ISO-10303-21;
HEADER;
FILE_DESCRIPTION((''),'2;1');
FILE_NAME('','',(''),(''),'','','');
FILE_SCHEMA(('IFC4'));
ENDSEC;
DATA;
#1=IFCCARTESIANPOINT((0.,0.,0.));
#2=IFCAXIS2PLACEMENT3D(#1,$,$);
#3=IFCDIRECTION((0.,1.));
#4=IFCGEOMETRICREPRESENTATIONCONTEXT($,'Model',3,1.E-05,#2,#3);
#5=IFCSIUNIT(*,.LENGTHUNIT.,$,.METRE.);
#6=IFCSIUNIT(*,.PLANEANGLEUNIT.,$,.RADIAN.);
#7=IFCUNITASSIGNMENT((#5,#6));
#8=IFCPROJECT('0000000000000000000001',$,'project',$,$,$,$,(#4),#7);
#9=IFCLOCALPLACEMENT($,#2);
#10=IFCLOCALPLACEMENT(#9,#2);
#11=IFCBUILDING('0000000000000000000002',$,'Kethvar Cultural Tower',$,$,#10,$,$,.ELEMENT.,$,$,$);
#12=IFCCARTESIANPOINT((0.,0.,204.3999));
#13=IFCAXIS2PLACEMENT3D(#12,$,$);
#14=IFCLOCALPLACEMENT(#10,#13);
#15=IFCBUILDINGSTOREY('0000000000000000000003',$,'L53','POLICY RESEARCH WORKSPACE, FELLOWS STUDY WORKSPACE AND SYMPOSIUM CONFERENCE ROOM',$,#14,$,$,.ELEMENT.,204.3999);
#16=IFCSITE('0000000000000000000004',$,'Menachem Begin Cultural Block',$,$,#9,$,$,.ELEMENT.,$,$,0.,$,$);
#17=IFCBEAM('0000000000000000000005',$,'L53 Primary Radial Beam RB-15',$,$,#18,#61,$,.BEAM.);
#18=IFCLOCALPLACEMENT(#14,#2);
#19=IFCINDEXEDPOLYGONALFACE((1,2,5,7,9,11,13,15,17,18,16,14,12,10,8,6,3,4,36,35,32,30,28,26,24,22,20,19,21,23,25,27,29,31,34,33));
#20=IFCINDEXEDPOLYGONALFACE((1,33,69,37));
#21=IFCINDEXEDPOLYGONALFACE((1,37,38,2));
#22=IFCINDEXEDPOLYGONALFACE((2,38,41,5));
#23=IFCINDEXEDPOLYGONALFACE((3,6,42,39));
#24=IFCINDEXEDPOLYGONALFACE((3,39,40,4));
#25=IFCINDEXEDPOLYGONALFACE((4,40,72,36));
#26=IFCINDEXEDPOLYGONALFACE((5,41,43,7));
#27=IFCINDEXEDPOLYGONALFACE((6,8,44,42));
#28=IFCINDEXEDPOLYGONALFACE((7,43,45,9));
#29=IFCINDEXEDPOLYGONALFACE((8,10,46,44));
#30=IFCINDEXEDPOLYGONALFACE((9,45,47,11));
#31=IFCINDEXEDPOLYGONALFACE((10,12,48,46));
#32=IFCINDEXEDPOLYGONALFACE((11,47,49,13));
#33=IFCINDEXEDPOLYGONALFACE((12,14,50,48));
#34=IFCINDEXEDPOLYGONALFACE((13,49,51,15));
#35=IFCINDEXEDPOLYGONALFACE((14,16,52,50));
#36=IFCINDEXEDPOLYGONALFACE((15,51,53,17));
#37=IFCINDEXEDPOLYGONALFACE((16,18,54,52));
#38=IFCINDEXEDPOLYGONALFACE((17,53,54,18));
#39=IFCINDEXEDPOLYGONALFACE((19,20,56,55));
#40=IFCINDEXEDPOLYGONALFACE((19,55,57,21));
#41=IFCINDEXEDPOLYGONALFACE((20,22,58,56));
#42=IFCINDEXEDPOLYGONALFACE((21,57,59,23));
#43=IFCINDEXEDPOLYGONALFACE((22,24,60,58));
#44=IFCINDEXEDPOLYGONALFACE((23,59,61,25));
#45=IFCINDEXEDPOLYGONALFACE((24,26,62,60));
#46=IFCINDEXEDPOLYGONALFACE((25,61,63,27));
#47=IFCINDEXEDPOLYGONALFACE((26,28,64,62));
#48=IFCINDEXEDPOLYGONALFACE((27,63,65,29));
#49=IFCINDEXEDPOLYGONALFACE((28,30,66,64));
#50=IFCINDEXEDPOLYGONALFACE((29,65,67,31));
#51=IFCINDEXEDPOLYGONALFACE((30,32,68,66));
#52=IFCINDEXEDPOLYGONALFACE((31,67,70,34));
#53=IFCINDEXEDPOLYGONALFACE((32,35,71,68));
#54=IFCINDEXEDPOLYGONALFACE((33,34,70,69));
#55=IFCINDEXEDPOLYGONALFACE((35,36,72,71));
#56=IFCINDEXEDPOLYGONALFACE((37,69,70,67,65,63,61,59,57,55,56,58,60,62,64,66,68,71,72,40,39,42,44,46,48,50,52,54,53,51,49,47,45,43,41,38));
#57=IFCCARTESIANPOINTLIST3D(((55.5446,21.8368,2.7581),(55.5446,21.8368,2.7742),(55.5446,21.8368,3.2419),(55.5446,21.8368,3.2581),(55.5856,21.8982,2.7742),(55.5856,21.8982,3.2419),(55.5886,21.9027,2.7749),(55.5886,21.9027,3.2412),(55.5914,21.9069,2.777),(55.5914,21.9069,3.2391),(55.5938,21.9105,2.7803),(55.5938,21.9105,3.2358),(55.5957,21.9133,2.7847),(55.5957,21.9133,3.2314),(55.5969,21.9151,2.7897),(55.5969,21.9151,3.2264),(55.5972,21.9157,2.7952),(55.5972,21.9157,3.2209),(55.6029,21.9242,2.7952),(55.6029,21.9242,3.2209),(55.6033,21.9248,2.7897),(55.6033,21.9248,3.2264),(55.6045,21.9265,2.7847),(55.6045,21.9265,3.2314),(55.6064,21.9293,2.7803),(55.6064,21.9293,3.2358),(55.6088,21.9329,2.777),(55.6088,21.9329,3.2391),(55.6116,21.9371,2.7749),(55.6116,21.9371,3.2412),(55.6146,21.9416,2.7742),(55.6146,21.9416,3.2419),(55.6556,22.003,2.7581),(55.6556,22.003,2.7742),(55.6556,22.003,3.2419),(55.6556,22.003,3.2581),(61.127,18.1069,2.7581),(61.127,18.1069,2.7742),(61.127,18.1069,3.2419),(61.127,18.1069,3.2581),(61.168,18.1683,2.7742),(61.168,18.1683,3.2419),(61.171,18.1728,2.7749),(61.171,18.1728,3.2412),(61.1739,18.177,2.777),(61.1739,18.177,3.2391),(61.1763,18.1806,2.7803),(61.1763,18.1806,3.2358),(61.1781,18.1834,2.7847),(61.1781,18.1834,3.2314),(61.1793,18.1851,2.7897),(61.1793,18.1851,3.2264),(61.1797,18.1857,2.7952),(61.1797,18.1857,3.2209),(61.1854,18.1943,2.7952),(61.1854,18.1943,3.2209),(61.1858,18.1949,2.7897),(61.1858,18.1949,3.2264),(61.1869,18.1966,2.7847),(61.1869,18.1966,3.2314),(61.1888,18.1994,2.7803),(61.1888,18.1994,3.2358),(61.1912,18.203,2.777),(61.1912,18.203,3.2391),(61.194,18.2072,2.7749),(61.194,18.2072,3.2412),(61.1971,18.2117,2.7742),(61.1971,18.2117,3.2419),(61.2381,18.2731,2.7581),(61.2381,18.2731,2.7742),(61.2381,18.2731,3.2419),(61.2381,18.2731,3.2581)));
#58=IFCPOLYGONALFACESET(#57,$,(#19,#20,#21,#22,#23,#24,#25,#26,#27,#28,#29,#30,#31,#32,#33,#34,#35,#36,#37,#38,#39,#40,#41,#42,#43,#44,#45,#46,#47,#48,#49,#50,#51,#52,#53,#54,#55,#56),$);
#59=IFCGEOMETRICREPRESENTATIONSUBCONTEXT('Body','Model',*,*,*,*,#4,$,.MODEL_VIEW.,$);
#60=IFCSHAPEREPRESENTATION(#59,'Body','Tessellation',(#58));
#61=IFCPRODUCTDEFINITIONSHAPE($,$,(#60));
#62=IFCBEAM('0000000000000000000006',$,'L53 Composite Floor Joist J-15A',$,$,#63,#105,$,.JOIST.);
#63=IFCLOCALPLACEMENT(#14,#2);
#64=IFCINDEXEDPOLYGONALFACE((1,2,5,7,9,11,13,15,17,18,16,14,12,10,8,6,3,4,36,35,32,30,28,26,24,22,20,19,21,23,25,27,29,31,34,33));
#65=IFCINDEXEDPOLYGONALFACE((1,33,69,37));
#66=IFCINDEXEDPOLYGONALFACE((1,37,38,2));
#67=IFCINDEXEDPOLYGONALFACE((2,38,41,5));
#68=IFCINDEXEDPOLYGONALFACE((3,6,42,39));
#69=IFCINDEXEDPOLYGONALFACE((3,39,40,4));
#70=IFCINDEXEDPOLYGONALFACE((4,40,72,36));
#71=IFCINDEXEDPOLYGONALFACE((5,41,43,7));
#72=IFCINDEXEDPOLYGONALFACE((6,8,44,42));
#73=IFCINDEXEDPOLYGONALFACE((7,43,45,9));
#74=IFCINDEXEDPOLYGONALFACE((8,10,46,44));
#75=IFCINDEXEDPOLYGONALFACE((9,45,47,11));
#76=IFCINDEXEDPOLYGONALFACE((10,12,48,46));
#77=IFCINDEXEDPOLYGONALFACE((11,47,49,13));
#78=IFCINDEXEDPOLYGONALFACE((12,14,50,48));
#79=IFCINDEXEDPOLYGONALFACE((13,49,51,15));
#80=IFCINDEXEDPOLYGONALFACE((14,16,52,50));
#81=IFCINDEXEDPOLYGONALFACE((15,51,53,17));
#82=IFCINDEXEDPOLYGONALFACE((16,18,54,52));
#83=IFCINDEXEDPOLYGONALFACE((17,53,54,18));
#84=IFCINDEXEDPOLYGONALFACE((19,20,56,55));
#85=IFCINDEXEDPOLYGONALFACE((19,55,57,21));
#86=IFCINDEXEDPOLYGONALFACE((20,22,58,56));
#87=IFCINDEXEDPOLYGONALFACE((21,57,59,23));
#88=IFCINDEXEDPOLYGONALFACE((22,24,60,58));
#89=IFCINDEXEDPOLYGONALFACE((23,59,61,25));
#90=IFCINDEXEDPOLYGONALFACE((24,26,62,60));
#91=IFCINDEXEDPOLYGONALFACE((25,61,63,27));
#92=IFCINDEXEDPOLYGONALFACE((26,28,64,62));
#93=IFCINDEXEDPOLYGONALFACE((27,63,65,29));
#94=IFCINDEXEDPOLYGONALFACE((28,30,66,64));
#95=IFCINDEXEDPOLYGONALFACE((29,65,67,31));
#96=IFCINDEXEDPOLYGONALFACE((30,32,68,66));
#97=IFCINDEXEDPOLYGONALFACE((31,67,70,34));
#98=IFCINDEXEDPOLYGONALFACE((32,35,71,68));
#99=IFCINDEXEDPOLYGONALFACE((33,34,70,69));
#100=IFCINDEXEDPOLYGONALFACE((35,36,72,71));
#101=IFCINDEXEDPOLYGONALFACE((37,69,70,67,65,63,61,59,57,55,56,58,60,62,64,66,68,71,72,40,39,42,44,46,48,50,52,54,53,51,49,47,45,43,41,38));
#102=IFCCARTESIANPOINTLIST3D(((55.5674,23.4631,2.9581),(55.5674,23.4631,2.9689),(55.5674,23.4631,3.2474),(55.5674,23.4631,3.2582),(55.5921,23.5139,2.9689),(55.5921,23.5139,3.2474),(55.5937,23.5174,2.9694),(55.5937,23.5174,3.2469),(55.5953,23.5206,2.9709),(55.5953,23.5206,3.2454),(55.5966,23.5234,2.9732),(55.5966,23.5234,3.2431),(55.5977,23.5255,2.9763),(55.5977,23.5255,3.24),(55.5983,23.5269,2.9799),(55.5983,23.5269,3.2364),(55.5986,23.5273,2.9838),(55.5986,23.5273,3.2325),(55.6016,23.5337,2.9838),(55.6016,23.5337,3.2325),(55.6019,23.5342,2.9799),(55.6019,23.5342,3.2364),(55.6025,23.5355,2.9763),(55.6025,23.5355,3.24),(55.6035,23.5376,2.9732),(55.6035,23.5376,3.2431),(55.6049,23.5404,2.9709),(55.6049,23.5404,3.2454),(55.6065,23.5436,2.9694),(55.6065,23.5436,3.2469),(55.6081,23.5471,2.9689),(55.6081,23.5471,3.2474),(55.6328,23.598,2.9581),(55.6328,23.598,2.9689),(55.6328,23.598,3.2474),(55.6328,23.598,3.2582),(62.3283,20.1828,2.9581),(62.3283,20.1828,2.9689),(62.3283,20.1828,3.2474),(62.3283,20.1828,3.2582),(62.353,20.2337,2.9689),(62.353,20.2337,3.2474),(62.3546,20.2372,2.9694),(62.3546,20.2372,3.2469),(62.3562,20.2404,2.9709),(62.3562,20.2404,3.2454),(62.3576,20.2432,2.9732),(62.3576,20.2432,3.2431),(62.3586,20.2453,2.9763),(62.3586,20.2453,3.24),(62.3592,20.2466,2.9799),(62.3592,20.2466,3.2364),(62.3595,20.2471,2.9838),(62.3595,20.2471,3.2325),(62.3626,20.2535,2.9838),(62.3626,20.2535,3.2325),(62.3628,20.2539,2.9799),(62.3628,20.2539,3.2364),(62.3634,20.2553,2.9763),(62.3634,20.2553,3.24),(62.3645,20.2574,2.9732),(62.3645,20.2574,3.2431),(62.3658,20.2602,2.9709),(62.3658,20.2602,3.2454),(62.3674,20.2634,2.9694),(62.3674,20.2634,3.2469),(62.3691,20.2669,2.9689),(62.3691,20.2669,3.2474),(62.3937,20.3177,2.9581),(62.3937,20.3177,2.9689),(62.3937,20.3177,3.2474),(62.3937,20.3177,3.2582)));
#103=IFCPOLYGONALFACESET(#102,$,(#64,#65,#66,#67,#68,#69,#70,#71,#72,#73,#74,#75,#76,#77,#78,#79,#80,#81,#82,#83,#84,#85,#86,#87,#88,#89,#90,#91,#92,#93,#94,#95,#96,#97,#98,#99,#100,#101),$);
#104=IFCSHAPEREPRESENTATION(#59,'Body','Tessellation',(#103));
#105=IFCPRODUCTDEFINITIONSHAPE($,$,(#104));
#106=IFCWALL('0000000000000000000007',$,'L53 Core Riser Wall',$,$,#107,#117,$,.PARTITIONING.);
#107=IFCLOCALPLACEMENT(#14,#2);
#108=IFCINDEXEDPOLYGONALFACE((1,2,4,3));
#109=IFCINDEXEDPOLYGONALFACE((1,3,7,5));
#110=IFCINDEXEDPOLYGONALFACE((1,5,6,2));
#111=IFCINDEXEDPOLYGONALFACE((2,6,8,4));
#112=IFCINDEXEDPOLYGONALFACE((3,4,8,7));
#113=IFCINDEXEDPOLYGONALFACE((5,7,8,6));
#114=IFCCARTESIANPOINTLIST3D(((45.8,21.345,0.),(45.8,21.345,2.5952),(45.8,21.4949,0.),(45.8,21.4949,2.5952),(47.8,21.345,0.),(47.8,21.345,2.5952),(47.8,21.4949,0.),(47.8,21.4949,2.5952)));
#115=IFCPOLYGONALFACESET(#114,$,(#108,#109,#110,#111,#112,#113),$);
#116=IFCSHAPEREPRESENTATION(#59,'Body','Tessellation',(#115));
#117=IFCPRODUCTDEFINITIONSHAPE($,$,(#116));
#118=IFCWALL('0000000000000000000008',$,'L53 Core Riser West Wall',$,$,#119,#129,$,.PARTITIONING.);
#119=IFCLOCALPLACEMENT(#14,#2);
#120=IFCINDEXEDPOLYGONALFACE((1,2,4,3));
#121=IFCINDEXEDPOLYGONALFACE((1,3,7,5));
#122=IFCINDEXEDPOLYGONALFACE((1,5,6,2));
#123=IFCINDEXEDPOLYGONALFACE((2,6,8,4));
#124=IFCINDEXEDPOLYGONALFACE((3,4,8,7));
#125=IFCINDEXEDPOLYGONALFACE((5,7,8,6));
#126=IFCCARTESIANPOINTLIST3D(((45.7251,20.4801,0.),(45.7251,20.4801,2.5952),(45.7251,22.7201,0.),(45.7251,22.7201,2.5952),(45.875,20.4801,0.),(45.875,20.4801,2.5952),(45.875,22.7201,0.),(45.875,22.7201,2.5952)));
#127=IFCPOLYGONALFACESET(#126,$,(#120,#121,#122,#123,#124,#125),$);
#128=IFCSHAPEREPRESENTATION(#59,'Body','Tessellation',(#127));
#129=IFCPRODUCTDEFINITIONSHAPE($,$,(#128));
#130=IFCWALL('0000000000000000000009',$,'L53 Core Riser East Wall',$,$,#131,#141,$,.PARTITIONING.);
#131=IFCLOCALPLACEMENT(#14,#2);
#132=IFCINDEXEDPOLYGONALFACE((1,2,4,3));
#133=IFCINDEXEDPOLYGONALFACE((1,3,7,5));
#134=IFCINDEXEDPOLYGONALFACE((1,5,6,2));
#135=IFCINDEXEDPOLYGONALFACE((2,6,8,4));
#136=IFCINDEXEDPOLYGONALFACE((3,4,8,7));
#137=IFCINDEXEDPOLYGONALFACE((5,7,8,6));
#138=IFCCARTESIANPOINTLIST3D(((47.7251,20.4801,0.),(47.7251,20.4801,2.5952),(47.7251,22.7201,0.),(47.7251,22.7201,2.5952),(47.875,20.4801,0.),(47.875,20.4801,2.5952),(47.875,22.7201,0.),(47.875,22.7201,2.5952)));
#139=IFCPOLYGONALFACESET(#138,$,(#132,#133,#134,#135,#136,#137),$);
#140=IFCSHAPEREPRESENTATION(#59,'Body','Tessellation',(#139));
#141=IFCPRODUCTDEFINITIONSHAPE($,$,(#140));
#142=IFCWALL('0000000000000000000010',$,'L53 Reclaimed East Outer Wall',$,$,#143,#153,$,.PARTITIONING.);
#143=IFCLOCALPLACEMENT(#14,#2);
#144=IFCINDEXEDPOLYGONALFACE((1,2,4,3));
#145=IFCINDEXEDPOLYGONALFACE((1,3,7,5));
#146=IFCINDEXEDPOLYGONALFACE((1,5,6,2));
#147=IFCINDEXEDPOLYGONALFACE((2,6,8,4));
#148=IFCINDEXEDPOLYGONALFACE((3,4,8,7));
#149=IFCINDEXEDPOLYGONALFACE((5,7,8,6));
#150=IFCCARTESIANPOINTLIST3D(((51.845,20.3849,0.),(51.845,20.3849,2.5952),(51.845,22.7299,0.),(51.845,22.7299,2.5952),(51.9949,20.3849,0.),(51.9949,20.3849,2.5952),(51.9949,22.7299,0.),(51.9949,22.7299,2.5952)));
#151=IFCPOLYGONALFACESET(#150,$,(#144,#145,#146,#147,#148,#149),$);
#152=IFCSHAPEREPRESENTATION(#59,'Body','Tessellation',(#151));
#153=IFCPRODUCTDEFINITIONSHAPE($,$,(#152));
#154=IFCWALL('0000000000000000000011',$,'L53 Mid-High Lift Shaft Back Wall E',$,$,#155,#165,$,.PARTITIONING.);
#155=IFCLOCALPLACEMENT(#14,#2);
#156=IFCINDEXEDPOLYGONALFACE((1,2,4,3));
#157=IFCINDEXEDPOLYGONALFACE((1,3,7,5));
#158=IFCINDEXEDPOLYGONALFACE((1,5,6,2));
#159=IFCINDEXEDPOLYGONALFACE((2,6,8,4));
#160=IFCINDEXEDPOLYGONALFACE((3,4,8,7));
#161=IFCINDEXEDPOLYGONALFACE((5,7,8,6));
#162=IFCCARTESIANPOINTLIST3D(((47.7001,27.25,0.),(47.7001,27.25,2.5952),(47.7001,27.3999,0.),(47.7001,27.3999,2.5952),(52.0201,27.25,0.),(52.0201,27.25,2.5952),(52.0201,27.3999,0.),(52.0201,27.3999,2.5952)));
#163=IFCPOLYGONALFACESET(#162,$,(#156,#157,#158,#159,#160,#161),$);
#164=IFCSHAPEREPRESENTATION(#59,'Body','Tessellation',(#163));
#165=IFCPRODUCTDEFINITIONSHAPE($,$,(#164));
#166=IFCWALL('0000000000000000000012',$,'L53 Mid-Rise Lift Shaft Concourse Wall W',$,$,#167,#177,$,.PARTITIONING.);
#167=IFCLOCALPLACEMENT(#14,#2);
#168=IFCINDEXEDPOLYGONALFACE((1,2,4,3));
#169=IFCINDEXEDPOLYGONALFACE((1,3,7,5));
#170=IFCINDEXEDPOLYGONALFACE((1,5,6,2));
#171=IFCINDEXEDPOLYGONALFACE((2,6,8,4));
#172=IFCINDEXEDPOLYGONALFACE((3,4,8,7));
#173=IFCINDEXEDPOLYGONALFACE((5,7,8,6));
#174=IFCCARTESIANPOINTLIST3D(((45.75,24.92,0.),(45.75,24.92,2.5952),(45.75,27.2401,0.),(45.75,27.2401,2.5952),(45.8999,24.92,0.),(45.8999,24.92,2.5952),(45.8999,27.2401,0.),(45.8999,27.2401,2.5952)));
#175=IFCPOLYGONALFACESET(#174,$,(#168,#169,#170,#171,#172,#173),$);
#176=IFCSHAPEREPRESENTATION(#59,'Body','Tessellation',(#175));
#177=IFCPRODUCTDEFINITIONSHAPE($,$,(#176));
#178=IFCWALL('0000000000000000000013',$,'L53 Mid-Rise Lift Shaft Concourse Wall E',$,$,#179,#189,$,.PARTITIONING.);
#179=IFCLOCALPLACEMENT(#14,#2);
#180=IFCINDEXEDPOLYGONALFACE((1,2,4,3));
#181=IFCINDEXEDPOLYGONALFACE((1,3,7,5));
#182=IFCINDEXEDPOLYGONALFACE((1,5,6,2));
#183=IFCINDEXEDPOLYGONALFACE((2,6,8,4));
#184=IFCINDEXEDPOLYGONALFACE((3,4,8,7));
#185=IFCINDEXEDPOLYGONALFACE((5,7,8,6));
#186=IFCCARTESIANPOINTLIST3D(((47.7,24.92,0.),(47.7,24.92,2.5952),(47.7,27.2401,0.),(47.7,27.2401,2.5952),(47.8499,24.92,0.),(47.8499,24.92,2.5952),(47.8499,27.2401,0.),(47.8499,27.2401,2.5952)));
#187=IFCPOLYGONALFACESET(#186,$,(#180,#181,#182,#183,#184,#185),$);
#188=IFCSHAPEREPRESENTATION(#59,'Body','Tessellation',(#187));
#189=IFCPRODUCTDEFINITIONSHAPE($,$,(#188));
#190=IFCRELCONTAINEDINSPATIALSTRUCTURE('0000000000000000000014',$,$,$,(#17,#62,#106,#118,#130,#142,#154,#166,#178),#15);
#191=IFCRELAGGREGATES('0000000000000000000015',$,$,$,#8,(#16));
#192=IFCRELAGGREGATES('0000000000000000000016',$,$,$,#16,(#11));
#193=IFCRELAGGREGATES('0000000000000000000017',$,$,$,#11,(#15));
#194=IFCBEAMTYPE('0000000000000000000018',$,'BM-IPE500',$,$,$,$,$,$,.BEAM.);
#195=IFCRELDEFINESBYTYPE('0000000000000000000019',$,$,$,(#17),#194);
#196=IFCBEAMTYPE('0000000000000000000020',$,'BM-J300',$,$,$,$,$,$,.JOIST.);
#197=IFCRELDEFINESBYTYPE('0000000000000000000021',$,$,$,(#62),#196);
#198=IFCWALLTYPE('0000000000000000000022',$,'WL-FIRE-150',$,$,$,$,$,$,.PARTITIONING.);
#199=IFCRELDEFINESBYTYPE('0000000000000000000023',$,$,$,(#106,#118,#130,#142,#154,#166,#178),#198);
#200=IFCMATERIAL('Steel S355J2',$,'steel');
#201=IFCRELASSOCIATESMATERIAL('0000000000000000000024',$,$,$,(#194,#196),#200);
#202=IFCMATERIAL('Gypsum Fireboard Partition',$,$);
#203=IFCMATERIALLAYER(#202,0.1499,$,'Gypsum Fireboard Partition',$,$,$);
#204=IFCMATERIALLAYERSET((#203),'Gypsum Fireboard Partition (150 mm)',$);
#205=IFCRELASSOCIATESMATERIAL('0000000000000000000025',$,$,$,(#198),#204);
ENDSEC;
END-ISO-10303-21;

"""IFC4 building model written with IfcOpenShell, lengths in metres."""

from ifc_helpers import new_model, si_unit, direction, frame, frame_2d, origin, origin_2d, place, context, subcontext, project, spatial, rectangle, i_section, extrude, source, transform, mapped, material, layer, layer_set, material_profile, profile_set, type_object, element, save


model = new_model("IFC4")

# Units and contexts
model_context = context("Model", 3, precision=1e-05, world=origin(), true_north=direction((0.0, 1.0)))
body_context = subcontext(model_context, "Body", "Model", "MODEL_VIEW")
ifc_project = project(units=[si_unit("LENGTHUNIT", "METRE"), si_unit("PLANEANGLEUNIT", "RADIAN")], contexts=[model_context])

# Site, building, storey
site_placement = place(None, origin())
site = spatial("IfcSite", under=ifc_project, at=site_placement, Name="Menachem Begin Cultural Block", CompositionType="ELEMENT", RefElevation=0.0)
building_placement = place(site_placement, origin())
building = spatial("IfcBuilding", under=site, at=building_placement, Name="Kethvar Cultural Tower", CompositionType="ELEMENT")
storey_placement = place(building_placement, frame((0.0, 0.0, 204.3999)))
storey = spatial("IfcBuildingStorey", under=building, at=storey_placement, Name="L53", Description="POLICY RESEARCH WORKSPACE, FELLOWS STUDY WORKSPACE AND SYMPOSIUM CONFERENCE ROOM", CompositionType="ELEMENT", Elevation=204.3999)

# Beams
ifc_material_1 = material(Name="Steel S355J2", Category="steel")
ifc_material_profile_1 = material_profile(ifc_material_1, i_section(OverallWidth=0.2, OverallDepth=0.5, WebThickness=0.0103, FlangeThickness=0.0161, FilletRadius=0.021, at=origin_2d()), Name="Steel S355J2 — IPE500")
ifc_profile_set_1 = profile_set([ifc_material_profile_1], Name="Steel S355J2 — IPE500")
beam_type_1 = type_object("IfcBeamType", Name="BM-IPE500", PredefinedType="BEAM", material=ifc_profile_set_1)
shared_shape_1 = source(origin(), body_context, "Body", "SweptSolid", [
    extrude(i_section(OverallWidth=0.2, OverallDepth=0.5, WebThickness=0.0103, FlangeThickness=0.0161, FilletRadius=0.021, at=origin_2d()), origin(), (0.0, 0.0, 1.0), 6.7139),
])
beam_1_placement = place(storey_placement, frame((55.6001, 21.9199, 3.0081), z_axis=(0.831479, -0.555556, 0.0), x_axis=(0.555556, 0.831479, 0.0)))
element("IfcBeam", 1, at=beam_1_placement, inside=storey, type_object=beam_type_1, Name="L53 Primary Radial Beam RB-15", PredefinedType="BEAM", context=body_context, shape_type="MappedRepresentation", body=[
    mapped(shared_shape_1, transform((0.0, 0.0, 0.0), scale=1.0)),
])
ifc_material_profile_2 = material_profile(ifc_material_1, i_section(OverallWidth=0.1499, OverallDepth=0.3, WebThickness=0.0071, FlangeThickness=0.0107, FilletRadius=0.0149, at=origin_2d()), Name="Steel S355J2 — IPE300")
ifc_profile_set_2 = profile_set([ifc_material_profile_2], Name="Steel S355J2 — IPE300")
beam_type_2 = type_object("IfcBeamType", Name="BM-J300", PredefinedType="JOIST", material=ifc_profile_set_2)
shared_shape_2 = source(origin(), body_context, "Body", "SweptSolid", [
    extrude(i_section(OverallWidth=0.1499, OverallDepth=0.3, WebThickness=0.0071, FlangeThickness=0.0107, FilletRadius=0.0149, at=origin_2d()), origin(), (0.0, 0.0, 1.0), 7.5146),
])
beam_2_placement = place(storey_placement, frame((55.6001, 23.5305, 3.1082), z_axis=(0.899698, -0.436513, 0.0), x_axis=(0.436513, 0.899698, 0.0)))
element("IfcBeam", 2, at=beam_2_placement, inside=storey, type_object=beam_type_2, Name="L53 Composite Floor Joist J-15A", PredefinedType="JOIST", context=body_context, shape_type="MappedRepresentation", body=[
    mapped(shared_shape_2, transform((0.0, 0.0, 0.0), scale=1.0)),
])

# Walls
ifc_material_2 = material(Name="Gypsum Fireboard Partition")
ifc_layer_1 = layer(ifc_material_2, 0.1499, Name="Gypsum Fireboard Partition")
ifc_layer_set_1 = layer_set([ifc_layer_1], Name="Gypsum Fireboard Partition (150 mm)")
wall_type_1 = type_object("IfcWallType", Name="WL-FIRE-150", PredefinedType="PARTITIONING", material=ifc_layer_set_1)
wall_1_placement = place(storey_placement, frame((45.8, 21.4199, 0.0), z_axis=(0.0, 0.0, 1.0), x_axis=(1.0, 0.0, 0.0)))
element("IfcWall", 3, at=wall_1_placement, inside=storey, type_object=wall_type_1, Name="L53 Core Riser Wall", PredefinedType="PARTITIONING", context=body_context, shape_type="SweptSolid", body=[
    extrude(rectangle(XDim=2.0, YDim=0.1499, at=frame_2d((1.0, 0.0))), origin(), (0.0, 0.0, 1.0), 2.5952),
])
for number, where, z_axis, x_axis, name in (
    (4, (45.8, 20.48, 0.0), (0.0, 0.0, 1.0), (0.0, 1.0, 0.0), "L53 Core Riser West Wall"),
    (5, (47.8, 20.48, 0.0), (0.0, 0.0, 1.0), (0.0, 1.0, 0.0), "L53 Core Riser East Wall"),
):
    element("IfcWall", number, at=place(storey_placement, frame(where, z_axis=z_axis, x_axis=x_axis)), inside=storey, type_object=wall_type_1, Name=name, PredefinedType="PARTITIONING", context=body_context, shape_type="SweptSolid", body=[
        extrude(rectangle(XDim=2.24, YDim=0.1499, at=frame_2d((1.1201, 0.0))), origin(), (0.0, 0.0, 1.0), 2.5952),
    ])
wall_2_placement = place(storey_placement, frame((51.9199, 20.385, 0.0), z_axis=(0.0, 0.0, 1.0), x_axis=(0.0, 1.0, 0.0)))
element("IfcWall", 6, at=wall_2_placement, inside=storey, type_object=wall_type_1, Name="L53 Reclaimed East Outer Wall", PredefinedType="PARTITIONING", context=body_context, shape_type="SweptSolid", body=[
    extrude(rectangle(XDim=2.345, YDim=0.1499, at=frame_2d((1.1724, 0.0))), origin(), (0.0, 0.0, 1.0), 2.5952),
])
wall_3_placement = place(storey_placement, frame((47.7, 27.325, 0.0), z_axis=(0.0, 0.0, 1.0), x_axis=(1.0, 0.0, 0.0)))
element("IfcWall", 7, at=wall_3_placement, inside=storey, type_object=wall_type_1, Name="L53 Mid-High Lift Shaft Back Wall E", PredefinedType="PARTITIONING", context=body_context, shape_type="SweptSolid", body=[
    extrude(rectangle(XDim=4.3201, YDim=0.1499, at=frame_2d((2.1602, 0.0))), origin(), (0.0, 0.0, 1.0), 2.5952),
])
for number, where, z_axis, x_axis, name in (
    (8, (45.825, 24.9199, 0.0), (0.0, 0.0, 1.0), (0.0, 1.0, 0.0), "L53 Mid-Rise Lift Shaft Concourse Wall W"),
    (9, (47.7749, 24.9199, 0.0), (0.0, 0.0, 1.0), (0.0, 1.0, 0.0), "L53 Mid-Rise Lift Shaft Concourse Wall E"),
):
    element("IfcWall", number, at=place(storey_placement, frame(where, z_axis=z_axis, x_axis=x_axis)), inside=storey, type_object=wall_type_1, Name=name, PredefinedType="PARTITIONING", context=body_context, shape_type="SweptSolid", body=[
        extrude(rectangle(XDim=2.3201, YDim=0.1499, at=frame_2d((1.1602, 0.0))), origin(), (0.0, 0.0, 1.0), 2.5952),
    ])

save(model, "model.ifc")
